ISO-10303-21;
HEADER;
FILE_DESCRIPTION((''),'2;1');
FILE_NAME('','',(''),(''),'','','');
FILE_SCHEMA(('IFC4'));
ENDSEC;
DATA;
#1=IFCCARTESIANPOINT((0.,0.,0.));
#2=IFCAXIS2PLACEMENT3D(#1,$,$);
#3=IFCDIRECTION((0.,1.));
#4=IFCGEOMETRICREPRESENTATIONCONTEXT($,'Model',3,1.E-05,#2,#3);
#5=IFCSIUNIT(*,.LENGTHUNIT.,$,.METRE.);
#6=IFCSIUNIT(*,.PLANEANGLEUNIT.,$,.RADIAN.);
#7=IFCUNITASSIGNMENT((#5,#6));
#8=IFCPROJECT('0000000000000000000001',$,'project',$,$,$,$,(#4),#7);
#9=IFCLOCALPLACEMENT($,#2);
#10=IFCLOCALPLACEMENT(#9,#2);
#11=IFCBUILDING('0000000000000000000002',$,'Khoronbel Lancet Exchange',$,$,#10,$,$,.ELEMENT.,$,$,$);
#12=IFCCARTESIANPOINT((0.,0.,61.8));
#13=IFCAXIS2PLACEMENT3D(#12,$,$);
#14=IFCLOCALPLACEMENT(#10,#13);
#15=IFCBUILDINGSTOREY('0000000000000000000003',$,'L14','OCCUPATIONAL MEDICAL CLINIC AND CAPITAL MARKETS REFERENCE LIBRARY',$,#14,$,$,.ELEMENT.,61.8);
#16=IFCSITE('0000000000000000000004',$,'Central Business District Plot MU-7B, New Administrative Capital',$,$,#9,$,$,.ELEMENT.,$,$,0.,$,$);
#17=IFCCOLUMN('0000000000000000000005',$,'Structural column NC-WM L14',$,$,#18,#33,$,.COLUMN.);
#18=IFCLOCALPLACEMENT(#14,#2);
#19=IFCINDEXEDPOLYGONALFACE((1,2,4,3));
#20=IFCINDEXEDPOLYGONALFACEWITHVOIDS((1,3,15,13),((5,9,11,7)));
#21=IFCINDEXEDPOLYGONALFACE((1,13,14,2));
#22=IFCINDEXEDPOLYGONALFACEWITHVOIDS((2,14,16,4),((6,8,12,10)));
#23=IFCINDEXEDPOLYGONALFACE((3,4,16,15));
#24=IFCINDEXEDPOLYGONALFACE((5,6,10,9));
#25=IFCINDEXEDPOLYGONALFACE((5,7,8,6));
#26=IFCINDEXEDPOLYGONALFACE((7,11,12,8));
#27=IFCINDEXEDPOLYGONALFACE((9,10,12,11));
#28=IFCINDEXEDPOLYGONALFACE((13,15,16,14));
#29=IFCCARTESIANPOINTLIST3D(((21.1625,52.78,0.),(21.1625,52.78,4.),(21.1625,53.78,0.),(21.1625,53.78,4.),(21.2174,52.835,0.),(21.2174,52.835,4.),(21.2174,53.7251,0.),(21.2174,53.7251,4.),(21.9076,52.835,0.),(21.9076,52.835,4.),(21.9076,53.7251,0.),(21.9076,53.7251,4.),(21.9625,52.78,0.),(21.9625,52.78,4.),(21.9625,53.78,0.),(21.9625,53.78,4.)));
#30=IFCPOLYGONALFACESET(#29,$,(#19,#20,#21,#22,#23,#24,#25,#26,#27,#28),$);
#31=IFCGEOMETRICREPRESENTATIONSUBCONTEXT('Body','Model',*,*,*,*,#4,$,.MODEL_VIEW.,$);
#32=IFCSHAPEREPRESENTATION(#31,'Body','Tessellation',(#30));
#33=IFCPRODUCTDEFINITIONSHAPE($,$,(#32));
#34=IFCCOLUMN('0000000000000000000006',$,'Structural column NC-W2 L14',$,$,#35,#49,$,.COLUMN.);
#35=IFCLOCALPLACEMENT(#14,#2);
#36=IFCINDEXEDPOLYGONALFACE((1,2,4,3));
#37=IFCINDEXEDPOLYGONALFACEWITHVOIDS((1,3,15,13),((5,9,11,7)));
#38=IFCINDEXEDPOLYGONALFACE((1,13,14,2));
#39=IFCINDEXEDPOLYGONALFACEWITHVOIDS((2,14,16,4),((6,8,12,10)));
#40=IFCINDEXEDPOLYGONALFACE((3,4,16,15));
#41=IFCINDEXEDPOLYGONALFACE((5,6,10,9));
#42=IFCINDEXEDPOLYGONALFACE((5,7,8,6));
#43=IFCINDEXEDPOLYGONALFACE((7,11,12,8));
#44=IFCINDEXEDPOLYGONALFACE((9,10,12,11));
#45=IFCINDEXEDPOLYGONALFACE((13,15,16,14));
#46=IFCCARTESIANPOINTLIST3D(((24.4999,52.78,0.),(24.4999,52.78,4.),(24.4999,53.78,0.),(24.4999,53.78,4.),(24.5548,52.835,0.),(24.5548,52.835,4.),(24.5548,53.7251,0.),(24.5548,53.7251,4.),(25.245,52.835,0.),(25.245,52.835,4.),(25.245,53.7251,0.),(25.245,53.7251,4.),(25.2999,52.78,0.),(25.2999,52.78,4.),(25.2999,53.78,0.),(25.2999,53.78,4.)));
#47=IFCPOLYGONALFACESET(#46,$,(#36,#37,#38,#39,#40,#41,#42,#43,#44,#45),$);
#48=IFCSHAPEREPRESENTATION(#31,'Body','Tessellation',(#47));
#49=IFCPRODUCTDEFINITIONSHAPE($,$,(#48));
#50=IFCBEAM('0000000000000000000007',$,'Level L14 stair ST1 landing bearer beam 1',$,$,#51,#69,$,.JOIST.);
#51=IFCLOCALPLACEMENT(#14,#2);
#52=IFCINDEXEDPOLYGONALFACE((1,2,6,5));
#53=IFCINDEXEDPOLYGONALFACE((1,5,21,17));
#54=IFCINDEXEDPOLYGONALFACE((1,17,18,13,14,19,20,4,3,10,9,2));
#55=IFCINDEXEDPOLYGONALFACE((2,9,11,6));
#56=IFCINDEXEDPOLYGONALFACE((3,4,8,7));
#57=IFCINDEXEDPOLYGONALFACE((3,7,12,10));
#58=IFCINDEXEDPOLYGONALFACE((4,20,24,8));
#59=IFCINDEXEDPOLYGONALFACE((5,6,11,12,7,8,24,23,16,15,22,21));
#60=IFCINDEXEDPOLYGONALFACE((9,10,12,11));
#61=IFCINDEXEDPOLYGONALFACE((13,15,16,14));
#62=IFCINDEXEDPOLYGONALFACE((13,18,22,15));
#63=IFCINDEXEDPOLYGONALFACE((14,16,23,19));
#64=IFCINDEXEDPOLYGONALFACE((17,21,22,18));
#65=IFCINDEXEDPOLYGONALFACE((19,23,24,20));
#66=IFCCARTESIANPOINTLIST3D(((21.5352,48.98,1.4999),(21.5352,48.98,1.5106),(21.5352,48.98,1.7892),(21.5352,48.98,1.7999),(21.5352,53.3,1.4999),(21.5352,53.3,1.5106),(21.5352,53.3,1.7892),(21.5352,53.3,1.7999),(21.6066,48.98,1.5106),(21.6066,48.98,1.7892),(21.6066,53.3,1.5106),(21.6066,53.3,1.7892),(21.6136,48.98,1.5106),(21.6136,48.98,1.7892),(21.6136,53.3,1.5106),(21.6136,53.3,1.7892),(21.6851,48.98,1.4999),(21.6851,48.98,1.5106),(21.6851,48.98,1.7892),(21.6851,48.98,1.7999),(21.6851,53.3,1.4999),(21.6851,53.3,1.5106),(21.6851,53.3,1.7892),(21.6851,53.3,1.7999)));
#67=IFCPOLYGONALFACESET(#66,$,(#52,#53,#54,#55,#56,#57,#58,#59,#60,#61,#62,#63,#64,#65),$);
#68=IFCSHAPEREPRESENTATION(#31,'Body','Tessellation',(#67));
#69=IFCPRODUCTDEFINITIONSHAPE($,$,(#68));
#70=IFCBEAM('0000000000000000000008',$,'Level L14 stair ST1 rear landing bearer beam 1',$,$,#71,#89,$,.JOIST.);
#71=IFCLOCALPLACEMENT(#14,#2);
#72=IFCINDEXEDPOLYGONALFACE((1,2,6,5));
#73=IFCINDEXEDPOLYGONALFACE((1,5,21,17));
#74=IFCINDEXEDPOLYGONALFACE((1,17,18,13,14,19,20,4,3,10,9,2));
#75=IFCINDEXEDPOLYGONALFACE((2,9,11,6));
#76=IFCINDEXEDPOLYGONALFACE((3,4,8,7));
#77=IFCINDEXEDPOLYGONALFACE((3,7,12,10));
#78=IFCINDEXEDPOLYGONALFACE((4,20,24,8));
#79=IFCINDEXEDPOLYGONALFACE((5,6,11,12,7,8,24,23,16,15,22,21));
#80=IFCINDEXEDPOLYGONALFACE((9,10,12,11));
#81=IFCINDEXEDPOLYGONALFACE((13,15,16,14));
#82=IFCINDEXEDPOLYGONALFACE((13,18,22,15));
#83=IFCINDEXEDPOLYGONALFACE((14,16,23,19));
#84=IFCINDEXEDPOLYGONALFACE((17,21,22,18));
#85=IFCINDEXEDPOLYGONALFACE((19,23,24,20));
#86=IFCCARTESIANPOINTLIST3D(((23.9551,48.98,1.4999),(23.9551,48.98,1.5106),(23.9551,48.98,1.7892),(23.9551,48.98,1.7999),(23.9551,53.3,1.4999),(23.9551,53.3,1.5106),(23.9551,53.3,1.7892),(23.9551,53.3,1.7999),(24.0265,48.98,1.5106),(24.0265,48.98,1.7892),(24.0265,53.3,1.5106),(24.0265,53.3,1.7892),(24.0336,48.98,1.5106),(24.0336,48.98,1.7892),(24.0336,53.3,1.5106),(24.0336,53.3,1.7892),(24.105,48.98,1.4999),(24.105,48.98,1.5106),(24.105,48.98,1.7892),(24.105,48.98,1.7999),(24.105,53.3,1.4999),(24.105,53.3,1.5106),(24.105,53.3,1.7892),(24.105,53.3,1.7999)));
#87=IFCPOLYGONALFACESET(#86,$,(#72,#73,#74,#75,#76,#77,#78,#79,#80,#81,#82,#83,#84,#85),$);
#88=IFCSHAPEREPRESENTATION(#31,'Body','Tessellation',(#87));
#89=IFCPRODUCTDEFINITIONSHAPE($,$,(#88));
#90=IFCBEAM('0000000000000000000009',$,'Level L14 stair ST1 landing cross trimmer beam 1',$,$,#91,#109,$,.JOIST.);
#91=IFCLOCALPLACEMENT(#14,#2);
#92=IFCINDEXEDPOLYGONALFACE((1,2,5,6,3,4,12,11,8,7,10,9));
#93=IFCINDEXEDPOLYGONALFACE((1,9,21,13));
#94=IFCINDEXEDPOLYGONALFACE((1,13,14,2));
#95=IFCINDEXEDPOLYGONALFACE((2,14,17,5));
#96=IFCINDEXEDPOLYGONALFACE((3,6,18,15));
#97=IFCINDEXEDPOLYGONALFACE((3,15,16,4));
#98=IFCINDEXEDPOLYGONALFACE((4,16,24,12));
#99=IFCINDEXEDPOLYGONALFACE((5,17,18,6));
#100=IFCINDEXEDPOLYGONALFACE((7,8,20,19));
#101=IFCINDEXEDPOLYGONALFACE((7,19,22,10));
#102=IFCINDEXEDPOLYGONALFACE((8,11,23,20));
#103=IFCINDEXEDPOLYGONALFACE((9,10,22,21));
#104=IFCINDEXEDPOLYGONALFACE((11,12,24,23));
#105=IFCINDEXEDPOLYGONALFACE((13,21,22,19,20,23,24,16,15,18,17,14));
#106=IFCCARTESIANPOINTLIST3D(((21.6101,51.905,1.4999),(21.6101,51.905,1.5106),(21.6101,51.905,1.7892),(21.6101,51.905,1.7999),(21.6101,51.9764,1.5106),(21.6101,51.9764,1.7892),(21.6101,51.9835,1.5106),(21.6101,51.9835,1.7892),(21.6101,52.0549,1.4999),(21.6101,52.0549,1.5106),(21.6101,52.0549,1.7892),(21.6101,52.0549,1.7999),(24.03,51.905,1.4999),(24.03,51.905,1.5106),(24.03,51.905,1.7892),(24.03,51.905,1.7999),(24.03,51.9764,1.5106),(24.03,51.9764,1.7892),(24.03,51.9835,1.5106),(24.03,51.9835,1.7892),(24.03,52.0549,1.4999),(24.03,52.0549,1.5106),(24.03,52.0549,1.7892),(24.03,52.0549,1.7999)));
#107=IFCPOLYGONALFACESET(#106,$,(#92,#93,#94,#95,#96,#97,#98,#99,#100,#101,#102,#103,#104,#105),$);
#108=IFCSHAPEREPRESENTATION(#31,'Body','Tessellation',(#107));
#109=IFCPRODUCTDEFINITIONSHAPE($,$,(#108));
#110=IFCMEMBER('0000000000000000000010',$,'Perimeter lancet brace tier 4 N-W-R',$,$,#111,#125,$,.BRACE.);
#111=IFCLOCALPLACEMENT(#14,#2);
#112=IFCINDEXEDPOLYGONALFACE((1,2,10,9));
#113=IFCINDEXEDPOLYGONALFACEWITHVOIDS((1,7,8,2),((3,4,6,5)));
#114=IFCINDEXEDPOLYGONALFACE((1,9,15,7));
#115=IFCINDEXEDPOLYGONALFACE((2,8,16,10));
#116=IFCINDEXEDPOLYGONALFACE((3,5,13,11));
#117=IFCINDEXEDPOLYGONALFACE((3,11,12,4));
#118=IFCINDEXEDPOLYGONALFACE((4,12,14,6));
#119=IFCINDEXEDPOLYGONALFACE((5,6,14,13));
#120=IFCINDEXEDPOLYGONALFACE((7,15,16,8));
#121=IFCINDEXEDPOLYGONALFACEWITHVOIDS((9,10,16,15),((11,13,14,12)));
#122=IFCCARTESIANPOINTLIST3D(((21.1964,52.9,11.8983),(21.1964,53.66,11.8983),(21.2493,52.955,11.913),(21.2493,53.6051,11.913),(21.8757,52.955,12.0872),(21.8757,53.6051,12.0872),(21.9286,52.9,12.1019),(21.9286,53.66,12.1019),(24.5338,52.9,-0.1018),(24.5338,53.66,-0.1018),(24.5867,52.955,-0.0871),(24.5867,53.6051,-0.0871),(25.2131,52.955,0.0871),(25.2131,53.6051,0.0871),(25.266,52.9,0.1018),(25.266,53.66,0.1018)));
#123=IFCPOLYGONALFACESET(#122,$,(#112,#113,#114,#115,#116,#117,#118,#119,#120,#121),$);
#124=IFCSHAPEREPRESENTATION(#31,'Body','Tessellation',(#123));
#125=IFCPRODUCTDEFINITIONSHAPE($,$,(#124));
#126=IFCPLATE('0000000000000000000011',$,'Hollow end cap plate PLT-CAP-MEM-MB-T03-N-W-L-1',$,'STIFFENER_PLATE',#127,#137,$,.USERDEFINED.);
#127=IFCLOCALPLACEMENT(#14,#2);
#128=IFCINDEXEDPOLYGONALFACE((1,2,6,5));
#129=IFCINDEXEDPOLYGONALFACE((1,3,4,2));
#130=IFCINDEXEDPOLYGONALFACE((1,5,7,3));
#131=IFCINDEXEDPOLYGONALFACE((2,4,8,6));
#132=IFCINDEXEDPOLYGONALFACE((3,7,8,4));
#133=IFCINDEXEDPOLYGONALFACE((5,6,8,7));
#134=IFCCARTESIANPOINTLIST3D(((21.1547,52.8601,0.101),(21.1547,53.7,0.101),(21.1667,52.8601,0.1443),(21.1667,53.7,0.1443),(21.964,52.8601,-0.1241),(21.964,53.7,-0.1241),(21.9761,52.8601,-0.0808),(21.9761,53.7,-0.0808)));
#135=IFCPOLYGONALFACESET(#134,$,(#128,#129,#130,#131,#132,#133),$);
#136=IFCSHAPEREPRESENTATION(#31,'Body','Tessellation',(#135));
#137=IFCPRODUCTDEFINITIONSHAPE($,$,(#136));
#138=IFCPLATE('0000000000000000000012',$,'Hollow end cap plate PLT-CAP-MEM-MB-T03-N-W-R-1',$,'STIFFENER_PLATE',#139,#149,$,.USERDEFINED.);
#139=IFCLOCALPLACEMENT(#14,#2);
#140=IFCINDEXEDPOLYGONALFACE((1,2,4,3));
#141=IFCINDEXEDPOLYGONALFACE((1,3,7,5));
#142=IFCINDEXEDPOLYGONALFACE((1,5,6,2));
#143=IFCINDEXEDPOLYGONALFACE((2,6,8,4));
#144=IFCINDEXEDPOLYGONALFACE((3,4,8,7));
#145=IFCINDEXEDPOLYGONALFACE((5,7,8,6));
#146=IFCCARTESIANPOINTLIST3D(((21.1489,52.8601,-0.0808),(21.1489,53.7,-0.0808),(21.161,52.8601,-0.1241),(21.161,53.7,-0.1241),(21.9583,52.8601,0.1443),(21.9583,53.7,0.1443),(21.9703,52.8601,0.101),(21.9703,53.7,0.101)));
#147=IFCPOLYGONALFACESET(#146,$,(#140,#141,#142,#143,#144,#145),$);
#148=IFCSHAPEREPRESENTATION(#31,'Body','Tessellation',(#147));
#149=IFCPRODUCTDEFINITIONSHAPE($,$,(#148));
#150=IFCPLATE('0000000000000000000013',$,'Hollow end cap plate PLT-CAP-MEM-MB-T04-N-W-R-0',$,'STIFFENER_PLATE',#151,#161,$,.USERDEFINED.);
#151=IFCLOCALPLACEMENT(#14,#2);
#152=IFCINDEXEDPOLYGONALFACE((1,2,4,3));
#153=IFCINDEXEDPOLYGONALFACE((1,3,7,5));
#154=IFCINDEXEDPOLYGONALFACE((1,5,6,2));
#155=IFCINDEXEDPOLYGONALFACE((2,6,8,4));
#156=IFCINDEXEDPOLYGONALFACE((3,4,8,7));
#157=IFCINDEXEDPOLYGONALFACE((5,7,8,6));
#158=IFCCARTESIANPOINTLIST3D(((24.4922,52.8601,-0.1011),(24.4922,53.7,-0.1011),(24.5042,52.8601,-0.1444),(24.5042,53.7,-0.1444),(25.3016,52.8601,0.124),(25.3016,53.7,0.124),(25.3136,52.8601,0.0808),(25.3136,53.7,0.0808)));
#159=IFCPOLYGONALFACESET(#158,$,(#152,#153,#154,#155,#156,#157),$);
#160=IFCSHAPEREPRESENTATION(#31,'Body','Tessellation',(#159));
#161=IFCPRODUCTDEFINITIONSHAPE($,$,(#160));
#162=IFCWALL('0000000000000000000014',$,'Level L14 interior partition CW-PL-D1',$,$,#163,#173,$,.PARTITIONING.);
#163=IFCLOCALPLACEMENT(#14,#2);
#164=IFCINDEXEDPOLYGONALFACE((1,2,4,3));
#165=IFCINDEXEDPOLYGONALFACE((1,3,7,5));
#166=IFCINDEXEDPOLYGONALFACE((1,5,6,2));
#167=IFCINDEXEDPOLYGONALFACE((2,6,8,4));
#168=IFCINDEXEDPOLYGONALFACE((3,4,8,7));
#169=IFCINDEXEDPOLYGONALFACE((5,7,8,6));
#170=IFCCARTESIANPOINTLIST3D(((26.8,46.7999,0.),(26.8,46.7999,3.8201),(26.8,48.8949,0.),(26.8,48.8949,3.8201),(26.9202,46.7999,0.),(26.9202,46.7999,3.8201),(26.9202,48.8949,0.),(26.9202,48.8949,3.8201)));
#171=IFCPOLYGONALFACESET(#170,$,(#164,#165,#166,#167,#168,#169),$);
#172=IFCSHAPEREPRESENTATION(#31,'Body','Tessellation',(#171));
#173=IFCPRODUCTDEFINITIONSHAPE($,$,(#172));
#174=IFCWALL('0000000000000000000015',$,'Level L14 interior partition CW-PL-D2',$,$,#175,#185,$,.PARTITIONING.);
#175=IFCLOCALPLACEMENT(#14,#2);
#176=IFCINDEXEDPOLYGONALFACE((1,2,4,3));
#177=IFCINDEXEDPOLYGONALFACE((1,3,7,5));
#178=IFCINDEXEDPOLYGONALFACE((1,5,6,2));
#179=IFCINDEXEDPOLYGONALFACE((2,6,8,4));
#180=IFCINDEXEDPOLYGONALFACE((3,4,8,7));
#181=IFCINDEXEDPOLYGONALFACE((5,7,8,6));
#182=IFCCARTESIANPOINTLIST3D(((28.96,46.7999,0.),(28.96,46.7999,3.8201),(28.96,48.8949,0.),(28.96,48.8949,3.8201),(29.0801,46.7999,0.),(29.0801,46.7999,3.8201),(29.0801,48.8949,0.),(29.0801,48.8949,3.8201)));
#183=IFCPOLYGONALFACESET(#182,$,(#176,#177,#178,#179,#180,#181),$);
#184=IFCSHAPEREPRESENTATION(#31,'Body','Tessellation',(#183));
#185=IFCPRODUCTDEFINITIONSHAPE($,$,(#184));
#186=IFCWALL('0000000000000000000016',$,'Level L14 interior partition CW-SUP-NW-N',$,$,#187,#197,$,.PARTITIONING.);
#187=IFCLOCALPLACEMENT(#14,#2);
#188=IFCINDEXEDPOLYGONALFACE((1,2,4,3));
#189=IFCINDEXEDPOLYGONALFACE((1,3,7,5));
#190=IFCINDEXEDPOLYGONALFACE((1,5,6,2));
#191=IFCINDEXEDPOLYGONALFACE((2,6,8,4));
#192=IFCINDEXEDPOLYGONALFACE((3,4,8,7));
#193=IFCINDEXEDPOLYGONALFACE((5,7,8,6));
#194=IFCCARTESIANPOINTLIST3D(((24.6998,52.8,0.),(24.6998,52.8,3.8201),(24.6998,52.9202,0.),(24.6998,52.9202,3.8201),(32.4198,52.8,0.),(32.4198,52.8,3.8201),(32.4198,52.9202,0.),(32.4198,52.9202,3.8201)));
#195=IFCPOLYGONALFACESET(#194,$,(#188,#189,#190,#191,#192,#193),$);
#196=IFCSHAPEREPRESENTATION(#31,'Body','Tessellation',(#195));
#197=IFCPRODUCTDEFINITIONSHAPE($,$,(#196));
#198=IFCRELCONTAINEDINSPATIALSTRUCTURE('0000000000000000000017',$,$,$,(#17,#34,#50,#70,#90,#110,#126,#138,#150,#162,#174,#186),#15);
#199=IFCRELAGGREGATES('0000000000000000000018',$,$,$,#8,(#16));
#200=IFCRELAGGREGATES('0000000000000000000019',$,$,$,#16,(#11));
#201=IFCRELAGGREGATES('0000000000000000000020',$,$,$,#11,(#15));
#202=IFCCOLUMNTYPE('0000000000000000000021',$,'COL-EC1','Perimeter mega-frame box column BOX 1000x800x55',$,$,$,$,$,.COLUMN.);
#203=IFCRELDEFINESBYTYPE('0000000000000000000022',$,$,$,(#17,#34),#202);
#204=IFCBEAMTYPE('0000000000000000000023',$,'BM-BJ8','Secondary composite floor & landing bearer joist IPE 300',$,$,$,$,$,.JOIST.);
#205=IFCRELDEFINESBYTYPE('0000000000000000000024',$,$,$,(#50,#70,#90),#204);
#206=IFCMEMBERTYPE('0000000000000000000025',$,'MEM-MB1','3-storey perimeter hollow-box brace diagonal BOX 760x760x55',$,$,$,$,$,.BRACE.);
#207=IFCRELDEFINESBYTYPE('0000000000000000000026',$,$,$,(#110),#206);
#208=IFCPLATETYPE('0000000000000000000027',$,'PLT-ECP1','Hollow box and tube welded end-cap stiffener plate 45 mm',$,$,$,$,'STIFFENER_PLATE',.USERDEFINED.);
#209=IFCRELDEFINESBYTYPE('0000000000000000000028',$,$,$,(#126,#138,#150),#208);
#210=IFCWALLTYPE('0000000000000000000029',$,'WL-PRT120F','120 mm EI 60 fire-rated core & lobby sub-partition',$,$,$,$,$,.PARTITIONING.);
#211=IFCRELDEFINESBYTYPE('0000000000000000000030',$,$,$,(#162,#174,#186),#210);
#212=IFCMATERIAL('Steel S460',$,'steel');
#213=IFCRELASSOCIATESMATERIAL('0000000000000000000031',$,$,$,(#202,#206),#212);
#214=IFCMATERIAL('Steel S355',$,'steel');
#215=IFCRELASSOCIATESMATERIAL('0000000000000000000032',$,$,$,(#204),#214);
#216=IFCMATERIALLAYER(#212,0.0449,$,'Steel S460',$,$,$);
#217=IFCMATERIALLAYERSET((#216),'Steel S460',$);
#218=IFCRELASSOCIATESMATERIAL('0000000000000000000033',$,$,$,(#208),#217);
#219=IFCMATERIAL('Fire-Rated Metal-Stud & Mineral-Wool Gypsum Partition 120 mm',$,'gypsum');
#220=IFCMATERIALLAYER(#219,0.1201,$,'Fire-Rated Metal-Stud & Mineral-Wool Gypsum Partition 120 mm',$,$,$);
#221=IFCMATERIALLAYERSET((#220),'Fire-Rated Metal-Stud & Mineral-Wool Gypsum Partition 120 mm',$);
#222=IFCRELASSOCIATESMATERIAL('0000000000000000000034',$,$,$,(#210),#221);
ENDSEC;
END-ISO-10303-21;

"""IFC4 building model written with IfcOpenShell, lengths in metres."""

from ifc_helpers import new_model, si_unit, direction, frame, frame_2d, origin, origin_2d, place, context, subcontext, project, spatial, polyline, rectangle, hollow_rectangle, i_section, outline, extrude, material, layer, layer_set, material_profile, profile_set, type_object, element, save


model = new_model("IFC4")

# Units and contexts
model_context = context("Model", 3, precision=1e-05, world=origin(), true_north=direction((0.0, 1.0)))
body_context = subcontext(model_context, "Body", "Model", "MODEL_VIEW")
ifc_project = project(units=[si_unit("LENGTHUNIT", "METRE"), si_unit("PLANEANGLEUNIT", "RADIAN")], contexts=[model_context])

# Site, building, storey
site_placement = place(None, origin())
site = spatial("IfcSite", under=ifc_project, at=site_placement, Name="Central Business District Plot MU-7B, New Administrative Capital", CompositionType="ELEMENT", RefElevation=0.0)
building_placement = place(site_placement, origin())
building = spatial("IfcBuilding", under=site, at=building_placement, Name="Khoronbel Lancet Exchange", CompositionType="ELEMENT")
storey_placement = place(building_placement, frame((0.0, 0.0, 61.8)))
storey = spatial("IfcBuildingStorey", under=building, at=storey_placement, Name="L14", Description="OCCUPATIONAL MEDICAL CLINIC AND CAPITAL MARKETS REFERENCE LIBRARY", CompositionType="ELEMENT", Elevation=61.8)

# Columns
ifc_material_1 = material(Name="Steel S460", Category="steel")
ifc_material_profile_1 = material_profile(ifc_material_1, hollow_rectangle(XDim=0.8, YDim=1.0, WallThickness=0.0549, at=origin_2d()), Name="BOX 1000x800x55")
ifc_profile_set_1 = profile_set([ifc_material_profile_1], Name="Steel S460")
column_type = type_object("IfcColumnType", Name="COL-EC1", Description="Perimeter mega-frame box column BOX 1000x800x55", PredefinedType="COLUMN", material=ifc_profile_set_1)
for number, where, z_axis, x_axis, name in (
    (1, (21.5625, 53.28, 0.0), (0.0, 0.0, 1.0), (1.0, 0.0, 0.0), "Structural column NC-WM L14"),
    (2, (24.8999, 53.28, 0.0), (0.0, 0.0, 1.0), (1.0, 0.0, 0.0), "Structural column NC-W2 L14"),
):
    element("IfcColumn", number, at=place(storey_placement, frame(where, z_axis=z_axis, x_axis=x_axis)), inside=storey, type_object=column_type, Name=name, PredefinedType="COLUMN", context=body_context, shape_type="SweptSolid", body=[
        extrude(hollow_rectangle(XDim=0.8, YDim=1.0, WallThickness=0.0549, at=origin_2d()), origin(), (0.0, 0.0, 1.0), 4.0),
    ])

# Beams
ifc_material_2 = material(Name="Steel S355", Category="steel")
ifc_material_profile_2 = material_profile(ifc_material_2, i_section(OverallWidth=0.1499, OverallDepth=0.3, WebThickness=0.0071, FlangeThickness=0.0107, at=origin_2d()), Name="IPE 300")
ifc_profile_set_2 = profile_set([ifc_material_profile_2], Name="Steel S355")
beam_type = type_object("IfcBeamType", Name="BM-BJ8", Description="Secondary composite floor & landing bearer joist IPE 300", PredefinedType="JOIST", material=ifc_profile_set_2)
for number, where, z_axis, x_axis, name in (
    (3, (21.6101, 48.98, 1.6499), (0.0, 1.0, 0.0), (-1.0, 0.0, 0.0), "Level L14 stair ST1 landing bearer beam 1"),
    (4, (24.03, 48.98, 1.6499), (0.0, 1.0, 0.0), (-1.0, 0.0, 0.0), "Level L14 stair ST1 rear landing bearer beam 1"),
):
    element("IfcBeam", number, at=place(storey_placement, frame(where, z_axis=z_axis, x_axis=x_axis)), inside=storey, type_object=beam_type, Name=name, PredefinedType="JOIST", context=body_context, shape_type="SweptSolid", body=[
        extrude(i_section(OverallWidth=0.1499, OverallDepth=0.3, WebThickness=0.0071, FlangeThickness=0.0107, at=origin_2d()), origin(), (0.0, 0.0, 1.0), 4.3201),
    ])
beam_placement = place(storey_placement, frame((21.6101, 51.98, 1.6499), z_axis=(1.0, 0.0, 0.0), x_axis=(0.0, 1.0, 0.0)))
element("IfcBeam", 5, at=beam_placement, inside=storey, type_object=beam_type, Name="Level L14 stair ST1 landing cross trimmer beam 1", PredefinedType="JOIST", context=body_context, shape_type="SweptSolid", body=[
    extrude(i_section(OverallWidth=0.1499, OverallDepth=0.3, WebThickness=0.0071, FlangeThickness=0.0107, at=origin_2d()), origin(), (0.0, 0.0, 1.0), 2.4199),
])

# Member
ifc_material_profile_3 = material_profile(ifc_material_1, hollow_rectangle(XDim=0.76, YDim=0.76, WallThickness=0.0549, at=origin_2d()), Name="BOX 760x760x55")
ifc_profile_set_3 = profile_set([ifc_material_profile_3], Name="Steel S460")
member_type = type_object("IfcMemberType", Name="MEM-MB1", Description="3-storey perimeter hollow-box brace diagonal BOX 760x760x55", PredefinedType="BRACE", material=ifc_profile_set_3)
member_placement = place(storey_placement, frame((24.8999, 53.28, 0.0), z_axis=(-0.267947, 0.0, 0.963434), x_axis=(0.0, -1.0, 0.0)))
element("IfcMember", 6, at=member_placement, inside=storey, type_object=member_type, Name="Perimeter lancet brace tier 4 N-W-R", PredefinedType="BRACE", context=body_context, shape_type="SweptSolid", body=[
    extrude(hollow_rectangle(XDim=0.76, YDim=0.76, WallThickness=0.0549, at=origin_2d()), origin(), (0.0, 0.0, 1.0), 12.4556),
])

# Plates
ifc_layer_1 = layer(ifc_material_1, 0.0449, Name="Steel S460")
ifc_layer_set_1 = layer_set([ifc_layer_1], Name="Steel S460")
plate_type = type_object("IfcPlateType", Name="PLT-ECP1", Description="Hollow box and tube welded end-cap stiffener plate 45 mm", ElementType="STIFFENER_PLATE", PredefinedType="USERDEFINED", material=ifc_layer_set_1)
for number, where, z_axis, x_axis, name in (
    (7, (21.9761, 52.8601, -0.0808), (0.267959, 0.0, 0.96343), (0.0, 1.0, 0.0), "Hollow end cap plate PLT-CAP-MEM-MB-T03-N-W-L-1"),
    (8, (21.1489, 53.7, -0.0808), (-0.267959, 0.0, 0.96343), (0.0, -1.0, 0.0), "Hollow end cap plate PLT-CAP-MEM-MB-T03-N-W-R-1"),
    (9, (24.4922, 53.7, -0.1011), (-0.267959, 0.0, 0.96343), (0.0, -1.0, 0.0), "Hollow end cap plate PLT-CAP-MEM-MB-T04-N-W-R-0"),
):
    element("IfcPlate", number, at=place(storey_placement, frame(where, z_axis=z_axis, x_axis=x_axis)), inside=storey, type_object=plate_type, Name=name, ObjectType="STIFFENER_PLATE", PredefinedType="USERDEFINED", context=body_context, shape_type="SweptSolid", body=[
        extrude(outline(polyline([(0.0, 0.0), (0.8398, 0.0), (0.8398, 0.8401), (0.0, 0.8401), (0.0, 0.0)])), origin(), (0.0, 0.0, -1.0), 0.0449),
    ])

# Walls
ifc_material_3 = material(Name="Fire-Rated Metal-Stud & Mineral-Wool Gypsum Partition 120 mm", Category="gypsum")
ifc_layer_2 = layer(ifc_material_3, 0.1201, Name="Fire-Rated Metal-Stud & Mineral-Wool Gypsum Partition 120 mm")
ifc_layer_set_2 = layer_set([ifc_layer_2], Name="Fire-Rated Metal-Stud & Mineral-Wool Gypsum Partition 120 mm")
wall_type_1 = type_object("IfcWallType", Name="WL-PRT120F", Description="120 mm EI 60 fire-rated core & lobby sub-partition", PredefinedType="PARTITIONING", material=ifc_layer_set_2)
for number, where, z_axis, x_axis, name in (
    (10, (26.8601, 46.8, 0.0), (0.0, 0.0, 1.0), (0.0, 1.0, 0.0), "Level L14 interior partition CW-PL-D1"),
    (11, (29.02, 46.8, 0.0), (0.0, 0.0, 1.0), (0.0, 1.0, 0.0), "Level L14 interior partition CW-PL-D2"),
):
    element("IfcWall", number, at=place(storey_placement, frame(where, z_axis=z_axis, x_axis=x_axis)), inside=storey, type_object=wall_type_1, Name=name, PredefinedType="PARTITIONING", context=body_context, shape_type="SweptSolid", body=[
        extrude(rectangle(XDim=2.095, YDim=0.1201, at=frame_2d((1.0474, 0.0))), origin(), (0.0, 0.0, 1.0), 3.8201),
    ])
wall_1_placement = place(storey_placement, frame((24.7, 52.8601, 0.0), z_axis=(0.0, 0.0, 1.0), x_axis=(1.0, 0.0, 0.0)))
element("IfcWall", 12, at=wall_1_placement, inside=storey, type_object=wall_type_1, Name="Level L14 interior partition CW-SUP-NW-N", PredefinedType="PARTITIONING", context=body_context, shape_type="SweptSolid", body=[
    extrude(rectangle(XDim=7.72, YDim=0.1201, at=frame_2d((3.8599, 0.0))), origin(), (0.0, 0.0, 1.0), 3.8201),
])

save(model, "model.ifc")
